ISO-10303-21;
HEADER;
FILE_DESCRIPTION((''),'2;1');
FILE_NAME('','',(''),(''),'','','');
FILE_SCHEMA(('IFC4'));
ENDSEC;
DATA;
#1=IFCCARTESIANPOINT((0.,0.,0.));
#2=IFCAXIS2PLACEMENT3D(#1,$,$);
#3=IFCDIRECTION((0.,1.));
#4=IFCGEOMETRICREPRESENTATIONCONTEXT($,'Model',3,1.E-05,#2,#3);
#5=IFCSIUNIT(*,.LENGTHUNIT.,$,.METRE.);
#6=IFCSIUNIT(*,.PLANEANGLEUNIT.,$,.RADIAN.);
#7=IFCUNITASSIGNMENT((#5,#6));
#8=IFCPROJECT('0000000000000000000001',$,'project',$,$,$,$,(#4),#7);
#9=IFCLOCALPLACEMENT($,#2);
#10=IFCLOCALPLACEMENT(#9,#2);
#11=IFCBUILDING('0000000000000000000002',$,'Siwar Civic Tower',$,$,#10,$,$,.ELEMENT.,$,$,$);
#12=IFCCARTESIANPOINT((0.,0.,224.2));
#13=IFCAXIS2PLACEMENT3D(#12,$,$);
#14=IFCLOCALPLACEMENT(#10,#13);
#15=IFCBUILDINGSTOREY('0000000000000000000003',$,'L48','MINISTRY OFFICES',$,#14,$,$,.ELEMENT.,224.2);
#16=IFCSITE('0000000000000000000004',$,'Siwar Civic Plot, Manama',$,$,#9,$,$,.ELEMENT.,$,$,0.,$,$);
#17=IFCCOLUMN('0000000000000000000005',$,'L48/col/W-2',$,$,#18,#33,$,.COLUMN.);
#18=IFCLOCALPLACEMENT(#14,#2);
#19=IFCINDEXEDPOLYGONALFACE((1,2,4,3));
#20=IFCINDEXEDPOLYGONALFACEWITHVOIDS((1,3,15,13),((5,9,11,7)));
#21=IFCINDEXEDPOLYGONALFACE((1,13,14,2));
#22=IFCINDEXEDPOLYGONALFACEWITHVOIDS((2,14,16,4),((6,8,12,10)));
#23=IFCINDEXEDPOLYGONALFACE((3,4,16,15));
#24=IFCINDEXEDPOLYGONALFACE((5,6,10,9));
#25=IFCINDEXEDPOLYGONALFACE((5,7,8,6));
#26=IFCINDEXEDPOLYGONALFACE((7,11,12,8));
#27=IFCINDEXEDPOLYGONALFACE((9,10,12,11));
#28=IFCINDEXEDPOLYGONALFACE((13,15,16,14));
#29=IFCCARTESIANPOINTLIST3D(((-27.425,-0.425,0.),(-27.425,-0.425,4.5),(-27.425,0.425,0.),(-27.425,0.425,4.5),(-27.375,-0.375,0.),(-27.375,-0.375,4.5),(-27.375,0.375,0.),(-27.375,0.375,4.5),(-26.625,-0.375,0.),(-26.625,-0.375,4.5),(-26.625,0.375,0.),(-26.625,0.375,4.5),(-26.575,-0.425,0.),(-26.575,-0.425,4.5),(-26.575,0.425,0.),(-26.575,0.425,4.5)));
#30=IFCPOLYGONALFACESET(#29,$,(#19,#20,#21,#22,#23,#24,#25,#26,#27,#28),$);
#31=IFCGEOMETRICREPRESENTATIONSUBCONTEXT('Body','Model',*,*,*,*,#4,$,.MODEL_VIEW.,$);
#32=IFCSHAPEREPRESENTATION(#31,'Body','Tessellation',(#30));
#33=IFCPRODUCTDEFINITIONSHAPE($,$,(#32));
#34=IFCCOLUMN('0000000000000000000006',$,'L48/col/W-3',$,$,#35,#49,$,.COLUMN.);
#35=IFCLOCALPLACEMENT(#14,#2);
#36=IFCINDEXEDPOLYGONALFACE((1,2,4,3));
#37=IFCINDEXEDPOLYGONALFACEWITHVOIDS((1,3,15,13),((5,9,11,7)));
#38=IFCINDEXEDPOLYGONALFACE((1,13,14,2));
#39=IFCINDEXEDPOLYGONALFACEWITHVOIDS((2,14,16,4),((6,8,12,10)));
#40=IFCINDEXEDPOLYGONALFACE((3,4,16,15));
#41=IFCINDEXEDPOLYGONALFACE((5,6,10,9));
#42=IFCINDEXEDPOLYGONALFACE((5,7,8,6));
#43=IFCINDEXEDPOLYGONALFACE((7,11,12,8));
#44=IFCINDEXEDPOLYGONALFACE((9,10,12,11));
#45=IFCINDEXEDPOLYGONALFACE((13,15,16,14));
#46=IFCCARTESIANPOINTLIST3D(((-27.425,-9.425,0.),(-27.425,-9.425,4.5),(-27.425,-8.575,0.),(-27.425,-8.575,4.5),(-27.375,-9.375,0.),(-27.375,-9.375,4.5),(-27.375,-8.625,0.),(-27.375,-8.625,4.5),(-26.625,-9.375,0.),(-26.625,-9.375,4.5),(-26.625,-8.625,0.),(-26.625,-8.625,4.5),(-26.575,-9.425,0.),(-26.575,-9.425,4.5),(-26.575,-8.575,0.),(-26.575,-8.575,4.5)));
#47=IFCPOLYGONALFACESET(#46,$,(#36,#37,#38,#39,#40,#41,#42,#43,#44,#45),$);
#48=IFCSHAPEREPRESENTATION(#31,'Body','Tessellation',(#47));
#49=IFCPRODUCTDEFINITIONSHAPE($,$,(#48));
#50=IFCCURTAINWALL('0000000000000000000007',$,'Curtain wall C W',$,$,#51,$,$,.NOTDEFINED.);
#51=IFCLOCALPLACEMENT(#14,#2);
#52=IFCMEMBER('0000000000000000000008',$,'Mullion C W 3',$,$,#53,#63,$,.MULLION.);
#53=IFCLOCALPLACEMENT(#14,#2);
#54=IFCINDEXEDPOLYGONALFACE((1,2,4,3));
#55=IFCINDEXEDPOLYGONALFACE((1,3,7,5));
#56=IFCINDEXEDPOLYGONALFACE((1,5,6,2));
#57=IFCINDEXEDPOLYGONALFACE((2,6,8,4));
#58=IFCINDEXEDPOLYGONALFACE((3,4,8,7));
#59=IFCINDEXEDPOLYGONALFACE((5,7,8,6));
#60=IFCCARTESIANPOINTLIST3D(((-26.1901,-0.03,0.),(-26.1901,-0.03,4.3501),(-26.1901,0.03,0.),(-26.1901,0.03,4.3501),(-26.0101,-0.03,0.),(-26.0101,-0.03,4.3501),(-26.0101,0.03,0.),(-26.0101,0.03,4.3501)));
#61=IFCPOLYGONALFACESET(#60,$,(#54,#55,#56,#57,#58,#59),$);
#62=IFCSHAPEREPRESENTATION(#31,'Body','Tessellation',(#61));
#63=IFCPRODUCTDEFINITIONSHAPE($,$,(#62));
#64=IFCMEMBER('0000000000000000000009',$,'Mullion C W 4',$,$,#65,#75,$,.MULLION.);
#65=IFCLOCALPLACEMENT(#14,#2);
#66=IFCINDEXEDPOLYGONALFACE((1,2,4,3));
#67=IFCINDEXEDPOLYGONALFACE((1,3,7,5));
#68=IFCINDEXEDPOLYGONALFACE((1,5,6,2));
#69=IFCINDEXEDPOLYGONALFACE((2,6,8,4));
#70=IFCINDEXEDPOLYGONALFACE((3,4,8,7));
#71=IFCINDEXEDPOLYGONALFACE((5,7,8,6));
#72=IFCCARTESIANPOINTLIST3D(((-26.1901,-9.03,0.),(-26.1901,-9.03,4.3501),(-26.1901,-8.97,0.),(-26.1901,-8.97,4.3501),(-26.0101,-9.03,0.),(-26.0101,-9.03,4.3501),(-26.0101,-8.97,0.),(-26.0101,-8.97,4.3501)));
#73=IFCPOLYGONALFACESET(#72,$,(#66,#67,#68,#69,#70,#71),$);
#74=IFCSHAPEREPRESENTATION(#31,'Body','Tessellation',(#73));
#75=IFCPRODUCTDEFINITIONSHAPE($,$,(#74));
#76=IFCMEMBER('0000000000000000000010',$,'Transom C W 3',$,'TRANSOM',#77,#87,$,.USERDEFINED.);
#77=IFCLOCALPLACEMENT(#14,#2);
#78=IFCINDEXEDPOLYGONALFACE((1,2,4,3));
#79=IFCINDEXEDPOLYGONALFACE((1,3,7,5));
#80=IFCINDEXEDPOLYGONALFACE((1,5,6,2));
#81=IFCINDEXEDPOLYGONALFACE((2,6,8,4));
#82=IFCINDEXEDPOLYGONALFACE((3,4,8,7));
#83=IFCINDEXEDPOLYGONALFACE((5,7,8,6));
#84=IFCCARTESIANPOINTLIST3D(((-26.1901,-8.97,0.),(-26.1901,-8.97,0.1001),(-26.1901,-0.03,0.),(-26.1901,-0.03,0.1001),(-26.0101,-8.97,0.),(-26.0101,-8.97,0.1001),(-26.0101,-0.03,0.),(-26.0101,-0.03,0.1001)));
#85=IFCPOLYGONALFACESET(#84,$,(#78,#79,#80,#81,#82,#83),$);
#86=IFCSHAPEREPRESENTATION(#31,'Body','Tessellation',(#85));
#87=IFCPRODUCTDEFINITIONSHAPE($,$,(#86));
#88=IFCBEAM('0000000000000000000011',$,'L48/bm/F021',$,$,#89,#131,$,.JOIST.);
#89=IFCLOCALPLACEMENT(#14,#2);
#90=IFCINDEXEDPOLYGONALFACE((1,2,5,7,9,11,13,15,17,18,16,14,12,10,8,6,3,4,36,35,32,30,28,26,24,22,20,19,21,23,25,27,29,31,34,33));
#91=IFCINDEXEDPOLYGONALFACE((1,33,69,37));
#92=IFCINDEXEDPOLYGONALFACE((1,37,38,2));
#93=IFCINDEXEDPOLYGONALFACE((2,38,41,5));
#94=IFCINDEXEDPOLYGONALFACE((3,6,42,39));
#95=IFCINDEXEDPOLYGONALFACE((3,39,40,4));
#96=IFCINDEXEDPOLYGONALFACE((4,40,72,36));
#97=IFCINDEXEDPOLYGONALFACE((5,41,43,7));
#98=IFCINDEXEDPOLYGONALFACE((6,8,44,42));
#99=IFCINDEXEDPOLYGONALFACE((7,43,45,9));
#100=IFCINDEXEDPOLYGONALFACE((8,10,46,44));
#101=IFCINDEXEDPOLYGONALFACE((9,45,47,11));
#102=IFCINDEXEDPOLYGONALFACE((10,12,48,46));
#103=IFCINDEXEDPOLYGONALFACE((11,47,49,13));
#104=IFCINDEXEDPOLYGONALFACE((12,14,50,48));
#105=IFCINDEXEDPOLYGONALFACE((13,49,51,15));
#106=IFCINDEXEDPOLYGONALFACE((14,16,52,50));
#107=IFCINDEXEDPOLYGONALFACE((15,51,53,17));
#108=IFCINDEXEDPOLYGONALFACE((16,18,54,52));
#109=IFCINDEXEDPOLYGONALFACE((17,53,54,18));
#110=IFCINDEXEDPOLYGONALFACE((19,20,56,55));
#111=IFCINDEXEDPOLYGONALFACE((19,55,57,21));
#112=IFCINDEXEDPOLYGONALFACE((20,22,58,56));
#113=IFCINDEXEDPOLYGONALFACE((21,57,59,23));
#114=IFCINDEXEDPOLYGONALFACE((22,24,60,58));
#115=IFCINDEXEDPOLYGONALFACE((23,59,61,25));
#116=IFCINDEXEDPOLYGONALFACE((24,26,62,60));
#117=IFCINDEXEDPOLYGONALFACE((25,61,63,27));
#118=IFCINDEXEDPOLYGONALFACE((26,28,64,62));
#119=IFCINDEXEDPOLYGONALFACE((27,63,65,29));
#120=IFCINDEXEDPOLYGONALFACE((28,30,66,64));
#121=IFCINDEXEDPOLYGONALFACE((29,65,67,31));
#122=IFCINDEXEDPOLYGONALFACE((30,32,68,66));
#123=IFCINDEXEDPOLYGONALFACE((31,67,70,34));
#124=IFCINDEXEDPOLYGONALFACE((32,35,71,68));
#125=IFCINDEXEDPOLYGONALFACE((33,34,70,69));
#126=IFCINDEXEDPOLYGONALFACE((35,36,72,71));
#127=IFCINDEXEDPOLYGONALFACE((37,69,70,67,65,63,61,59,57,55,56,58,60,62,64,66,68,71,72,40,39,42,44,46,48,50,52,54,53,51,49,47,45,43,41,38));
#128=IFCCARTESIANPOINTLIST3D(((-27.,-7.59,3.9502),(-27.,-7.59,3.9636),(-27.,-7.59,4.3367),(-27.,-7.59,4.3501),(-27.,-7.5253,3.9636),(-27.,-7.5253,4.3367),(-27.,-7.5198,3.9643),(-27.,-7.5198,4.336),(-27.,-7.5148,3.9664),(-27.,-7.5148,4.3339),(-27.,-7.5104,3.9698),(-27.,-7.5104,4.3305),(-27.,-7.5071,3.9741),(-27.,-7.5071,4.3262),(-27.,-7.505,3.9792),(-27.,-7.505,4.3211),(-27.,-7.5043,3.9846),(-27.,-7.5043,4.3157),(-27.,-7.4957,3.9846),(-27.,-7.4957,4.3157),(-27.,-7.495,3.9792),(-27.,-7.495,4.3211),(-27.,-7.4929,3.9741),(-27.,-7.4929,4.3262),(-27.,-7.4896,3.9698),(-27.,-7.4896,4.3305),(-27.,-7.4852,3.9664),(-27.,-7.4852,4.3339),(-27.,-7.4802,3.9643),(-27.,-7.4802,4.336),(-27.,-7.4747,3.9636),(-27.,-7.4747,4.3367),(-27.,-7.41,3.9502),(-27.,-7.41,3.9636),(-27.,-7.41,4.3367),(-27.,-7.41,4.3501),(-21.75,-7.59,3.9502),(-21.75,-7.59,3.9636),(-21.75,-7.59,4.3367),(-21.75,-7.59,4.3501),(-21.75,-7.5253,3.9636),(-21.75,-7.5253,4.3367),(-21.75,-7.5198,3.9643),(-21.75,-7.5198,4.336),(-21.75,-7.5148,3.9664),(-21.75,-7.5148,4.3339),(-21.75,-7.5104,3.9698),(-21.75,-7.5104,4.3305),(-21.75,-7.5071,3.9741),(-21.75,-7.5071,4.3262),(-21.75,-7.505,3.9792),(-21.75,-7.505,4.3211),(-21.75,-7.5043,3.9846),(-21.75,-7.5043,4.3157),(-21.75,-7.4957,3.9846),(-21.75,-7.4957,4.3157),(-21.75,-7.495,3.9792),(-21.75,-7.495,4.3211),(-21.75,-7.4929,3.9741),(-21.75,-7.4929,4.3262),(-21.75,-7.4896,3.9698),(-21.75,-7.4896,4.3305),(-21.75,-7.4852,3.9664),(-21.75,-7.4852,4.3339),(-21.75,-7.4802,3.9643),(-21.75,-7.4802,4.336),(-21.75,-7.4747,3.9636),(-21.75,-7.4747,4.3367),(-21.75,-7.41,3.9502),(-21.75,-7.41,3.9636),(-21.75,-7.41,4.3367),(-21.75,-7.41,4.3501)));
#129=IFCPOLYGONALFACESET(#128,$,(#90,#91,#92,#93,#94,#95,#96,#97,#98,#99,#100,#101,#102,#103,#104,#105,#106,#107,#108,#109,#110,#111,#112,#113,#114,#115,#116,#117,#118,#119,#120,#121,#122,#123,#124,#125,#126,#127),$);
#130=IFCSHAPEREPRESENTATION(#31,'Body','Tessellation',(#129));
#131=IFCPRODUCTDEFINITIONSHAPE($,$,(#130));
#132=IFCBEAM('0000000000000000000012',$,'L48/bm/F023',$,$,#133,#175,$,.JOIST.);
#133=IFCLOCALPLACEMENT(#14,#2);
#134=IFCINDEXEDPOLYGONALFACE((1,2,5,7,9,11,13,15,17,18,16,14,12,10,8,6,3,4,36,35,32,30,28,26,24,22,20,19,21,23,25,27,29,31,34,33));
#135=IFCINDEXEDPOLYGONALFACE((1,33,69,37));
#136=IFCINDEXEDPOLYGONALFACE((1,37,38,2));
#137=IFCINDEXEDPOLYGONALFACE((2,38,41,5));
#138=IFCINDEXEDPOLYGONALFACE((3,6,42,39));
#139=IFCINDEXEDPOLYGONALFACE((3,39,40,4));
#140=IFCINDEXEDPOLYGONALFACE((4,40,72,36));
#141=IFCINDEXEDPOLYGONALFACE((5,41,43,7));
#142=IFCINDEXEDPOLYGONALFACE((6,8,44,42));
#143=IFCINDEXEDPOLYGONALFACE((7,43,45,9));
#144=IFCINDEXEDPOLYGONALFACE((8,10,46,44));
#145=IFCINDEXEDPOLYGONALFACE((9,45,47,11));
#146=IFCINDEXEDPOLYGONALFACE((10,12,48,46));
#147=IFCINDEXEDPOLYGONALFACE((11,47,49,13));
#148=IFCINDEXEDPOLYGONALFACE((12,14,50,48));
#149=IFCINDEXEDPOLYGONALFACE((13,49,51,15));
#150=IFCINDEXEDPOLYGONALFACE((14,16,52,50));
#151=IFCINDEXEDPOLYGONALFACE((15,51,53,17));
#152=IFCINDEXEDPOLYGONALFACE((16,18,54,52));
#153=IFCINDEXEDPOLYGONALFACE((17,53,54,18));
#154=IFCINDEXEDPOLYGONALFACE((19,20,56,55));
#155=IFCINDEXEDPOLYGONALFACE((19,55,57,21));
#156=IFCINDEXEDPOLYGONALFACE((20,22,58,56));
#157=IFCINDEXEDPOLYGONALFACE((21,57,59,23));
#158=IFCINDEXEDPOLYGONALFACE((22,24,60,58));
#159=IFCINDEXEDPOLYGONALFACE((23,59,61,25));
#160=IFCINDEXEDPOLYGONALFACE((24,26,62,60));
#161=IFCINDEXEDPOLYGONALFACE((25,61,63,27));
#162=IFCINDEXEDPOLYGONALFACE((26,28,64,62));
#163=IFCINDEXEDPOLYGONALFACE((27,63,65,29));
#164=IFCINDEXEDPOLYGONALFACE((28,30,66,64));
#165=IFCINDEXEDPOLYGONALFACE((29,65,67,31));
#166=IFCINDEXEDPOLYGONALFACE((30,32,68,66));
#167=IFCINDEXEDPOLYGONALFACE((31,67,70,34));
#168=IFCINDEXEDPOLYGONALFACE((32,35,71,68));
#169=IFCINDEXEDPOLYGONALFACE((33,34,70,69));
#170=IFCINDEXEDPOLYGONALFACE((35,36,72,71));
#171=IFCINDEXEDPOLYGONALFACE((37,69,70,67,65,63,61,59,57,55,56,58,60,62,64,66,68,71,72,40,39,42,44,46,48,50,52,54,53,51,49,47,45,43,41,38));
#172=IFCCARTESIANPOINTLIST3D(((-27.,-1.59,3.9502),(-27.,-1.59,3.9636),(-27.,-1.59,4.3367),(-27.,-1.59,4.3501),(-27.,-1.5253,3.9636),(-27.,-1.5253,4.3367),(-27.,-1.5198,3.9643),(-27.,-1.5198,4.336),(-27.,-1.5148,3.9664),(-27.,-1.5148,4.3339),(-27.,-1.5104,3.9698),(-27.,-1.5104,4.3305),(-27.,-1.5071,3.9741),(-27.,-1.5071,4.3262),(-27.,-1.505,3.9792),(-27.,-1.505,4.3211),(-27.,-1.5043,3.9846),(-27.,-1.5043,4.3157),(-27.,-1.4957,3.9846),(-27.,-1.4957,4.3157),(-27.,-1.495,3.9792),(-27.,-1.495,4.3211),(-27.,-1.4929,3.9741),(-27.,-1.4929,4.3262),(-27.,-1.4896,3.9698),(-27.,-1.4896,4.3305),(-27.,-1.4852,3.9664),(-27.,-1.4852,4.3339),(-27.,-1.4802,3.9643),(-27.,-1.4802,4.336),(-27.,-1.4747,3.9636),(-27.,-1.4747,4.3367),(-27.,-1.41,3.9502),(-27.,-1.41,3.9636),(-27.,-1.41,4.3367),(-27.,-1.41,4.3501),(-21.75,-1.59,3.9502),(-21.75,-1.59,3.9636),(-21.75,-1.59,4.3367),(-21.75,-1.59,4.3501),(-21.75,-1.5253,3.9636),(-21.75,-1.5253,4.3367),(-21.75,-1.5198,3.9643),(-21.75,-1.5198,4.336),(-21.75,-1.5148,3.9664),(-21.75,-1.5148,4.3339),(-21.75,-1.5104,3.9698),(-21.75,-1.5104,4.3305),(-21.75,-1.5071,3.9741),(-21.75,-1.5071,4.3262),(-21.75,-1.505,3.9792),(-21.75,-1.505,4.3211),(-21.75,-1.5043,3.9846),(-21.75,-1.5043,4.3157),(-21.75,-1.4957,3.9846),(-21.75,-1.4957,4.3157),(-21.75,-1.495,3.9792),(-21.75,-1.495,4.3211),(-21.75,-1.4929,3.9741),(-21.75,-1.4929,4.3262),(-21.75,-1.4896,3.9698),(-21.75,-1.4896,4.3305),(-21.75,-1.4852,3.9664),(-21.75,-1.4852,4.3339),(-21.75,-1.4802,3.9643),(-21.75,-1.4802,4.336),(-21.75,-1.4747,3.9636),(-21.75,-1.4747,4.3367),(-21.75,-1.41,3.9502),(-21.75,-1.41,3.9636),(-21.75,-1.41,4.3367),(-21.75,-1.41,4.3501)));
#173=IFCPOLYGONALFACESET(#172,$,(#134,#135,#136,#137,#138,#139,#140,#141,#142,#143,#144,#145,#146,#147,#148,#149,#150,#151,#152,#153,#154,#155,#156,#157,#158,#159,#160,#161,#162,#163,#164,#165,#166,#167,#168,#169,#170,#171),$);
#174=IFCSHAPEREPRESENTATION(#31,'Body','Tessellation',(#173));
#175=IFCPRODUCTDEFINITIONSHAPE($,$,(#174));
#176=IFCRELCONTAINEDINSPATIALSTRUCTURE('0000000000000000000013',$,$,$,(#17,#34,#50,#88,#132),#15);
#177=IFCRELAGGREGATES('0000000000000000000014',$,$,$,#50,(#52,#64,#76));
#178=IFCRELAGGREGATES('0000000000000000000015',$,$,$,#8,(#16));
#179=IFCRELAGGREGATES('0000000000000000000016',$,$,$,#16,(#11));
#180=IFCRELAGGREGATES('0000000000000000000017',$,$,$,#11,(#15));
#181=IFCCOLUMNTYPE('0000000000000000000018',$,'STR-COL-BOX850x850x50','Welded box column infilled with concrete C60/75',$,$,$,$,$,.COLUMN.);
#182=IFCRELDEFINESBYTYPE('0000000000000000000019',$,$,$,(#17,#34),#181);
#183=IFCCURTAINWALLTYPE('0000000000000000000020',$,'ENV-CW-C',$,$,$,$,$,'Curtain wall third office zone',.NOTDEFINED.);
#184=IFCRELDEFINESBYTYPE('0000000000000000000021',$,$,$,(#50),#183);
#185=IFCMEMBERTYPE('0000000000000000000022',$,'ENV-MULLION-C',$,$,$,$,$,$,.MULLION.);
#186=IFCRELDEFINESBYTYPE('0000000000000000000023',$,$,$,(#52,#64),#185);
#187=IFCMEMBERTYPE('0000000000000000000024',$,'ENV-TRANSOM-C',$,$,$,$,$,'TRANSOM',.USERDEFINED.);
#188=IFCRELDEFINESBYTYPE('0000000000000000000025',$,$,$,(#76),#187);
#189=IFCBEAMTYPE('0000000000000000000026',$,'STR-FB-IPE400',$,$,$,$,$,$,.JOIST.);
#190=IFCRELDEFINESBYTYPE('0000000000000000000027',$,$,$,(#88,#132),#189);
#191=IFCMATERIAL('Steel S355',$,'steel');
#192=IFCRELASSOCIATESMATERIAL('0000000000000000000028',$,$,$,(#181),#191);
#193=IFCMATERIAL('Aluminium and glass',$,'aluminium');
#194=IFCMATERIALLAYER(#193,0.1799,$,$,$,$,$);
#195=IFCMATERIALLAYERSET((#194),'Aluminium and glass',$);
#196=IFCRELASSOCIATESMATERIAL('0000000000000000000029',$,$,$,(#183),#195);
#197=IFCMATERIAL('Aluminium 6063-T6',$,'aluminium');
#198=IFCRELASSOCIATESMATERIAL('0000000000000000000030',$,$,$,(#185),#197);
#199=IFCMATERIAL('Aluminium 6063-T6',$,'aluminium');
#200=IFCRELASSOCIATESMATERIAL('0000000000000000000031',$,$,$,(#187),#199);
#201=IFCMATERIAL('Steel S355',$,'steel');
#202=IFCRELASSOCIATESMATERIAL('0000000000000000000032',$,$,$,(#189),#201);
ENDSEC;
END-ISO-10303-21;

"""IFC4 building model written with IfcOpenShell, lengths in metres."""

from ifc_helpers import new_model, si_unit, direction, frame, origin, origin_2d, place, context, subcontext, project, spatial, rectangle, hollow_rectangle, i_section, extrude, material, layer, layer_set, material_profile, profile_set, type_object, element, aggregate, save


model = new_model("IFC4")

# Units and contexts
model_context = context("Model", 3, precision=1e-05, world=origin(), true_north=direction((0.0, 1.0)))
body_context = subcontext(model_context, "Body", "Model", "MODEL_VIEW")
ifc_project = project(units=[si_unit("LENGTHUNIT", "METRE"), si_unit("PLANEANGLEUNIT", "RADIAN")], contexts=[model_context])

# Site, building, storey
site_placement = place(None, origin())
site = spatial("IfcSite", under=ifc_project, at=site_placement, Name="Siwar Civic Plot, Manama", CompositionType="ELEMENT", RefElevation=0.0)
building_placement = place(site_placement, origin())
building = spatial("IfcBuilding", under=site, at=building_placement, Name="Siwar Civic Tower", CompositionType="ELEMENT")
storey_placement = place(building_placement, frame((0.0, 0.0, 224.2)))
storey = spatial("IfcBuildingStorey", under=building, at=storey_placement, Name="L48", Description="MINISTRY OFFICES", CompositionType="ELEMENT", Elevation=224.2)

# Columns
ifc_material_1 = material(Name="Steel S355", Category="steel")
ifc_material_profile_1 = material_profile(ifc_material_1, hollow_rectangle(XDim=0.8501, YDim=0.8501, WallThickness=0.05, at=origin_2d()), Name="BOX850x850x50")
ifc_profile_set_1 = profile_set([ifc_material_profile_1], Name="Steel S355")
column_type = type_object("IfcColumnType", Name="STR-COL-BOX850x850x50", Description="Welded box column infilled with concrete C60/75", PredefinedType="COLUMN", material=ifc_profile_set_1)
for number, where, z_axis, x_axis, name in (
    (1, (-27.0, 0.0, 0.0), (0.0, 0.0, 1.0), (1.0, 0.0, 0.0), "L48/col/W-2"),
    (2, (-27.0, -9.0, 0.0), (0.0, 0.0, 1.0), (1.0, 0.0, 0.0), "L48/col/W-3"),
):
    element("IfcColumn", number, at=place(storey_placement, frame(where, z_axis=z_axis, x_axis=x_axis)), inside=storey, type_object=column_type, Name=name, PredefinedType="COLUMN", context=body_context, shape_type="SweptSolid", body=[
        extrude(hollow_rectangle(XDim=0.8501, YDim=0.8501, WallThickness=0.05, at=origin_2d()), origin(), (0.0, 0.0, 1.0), 4.5),
    ])

# Curtain wall, members
ifc_material_2 = material(Name="Aluminium and glass", Category="aluminium")
ifc_layer_1 = layer(ifc_material_2, 0.1799)
ifc_layer_set_1 = layer_set([ifc_layer_1], Name="Aluminium and glass")
curtain_wall_type = type_object("IfcCurtainWallType", Name="ENV-CW-C", ElementType="Curtain wall third office zone", PredefinedType="NOTDEFINED", material=ifc_layer_set_1)
curtain_wall_placement = place(storey_placement, origin())
curtain_wall = element("IfcCurtainWall", 3, at=curtain_wall_placement, inside=storey, type_object=curtain_wall_type, Name="Curtain wall C W", PredefinedType="NOTDEFINED")
ifc_material_3 = material(Name="Aluminium 6063-T6", Category="aluminium")
ifc_material_profile_2 = material_profile(ifc_material_3, rectangle(XDim=0.1799, YDim=0.0601, at=origin_2d()), Name="AL 180x60")
ifc_profile_set_2 = profile_set([ifc_material_profile_2], Name="Aluminium 6063-T6")
member_type_1 = type_object("IfcMemberType", Name="ENV-MULLION-C", PredefinedType="MULLION", material=ifc_profile_set_2)
member_1_placement = place(storey_placement, frame((-26.1001, 0.0, 0.0), z_axis=(0.0, 0.0, 1.0), x_axis=(1.0, 0.0, 0.0)))
member_1 = element("IfcMember", 4, at=member_1_placement, type_object=member_type_1, Name="Mullion C W 3", PredefinedType="MULLION", context=body_context, shape_type="SweptSolid", body=[
    extrude(rectangle(XDim=0.1799, YDim=0.0601, at=origin_2d()), origin(), (0.0, 0.0, 1.0), 4.3501),
])
member_2_placement = place(storey_placement, frame((-26.1001, -9.0, 0.0), z_axis=(0.0, 0.0, 1.0), x_axis=(1.0, 0.0, 0.0)))
member_2 = element("IfcMember", 5, at=member_2_placement, type_object=member_type_1, Name="Mullion C W 4", PredefinedType="MULLION", context=body_context, shape_type="SweptSolid", body=[
    extrude(rectangle(XDim=0.1799, YDim=0.0601, at=origin_2d()), origin(), (0.0, 0.0, 1.0), 4.3501),
])
ifc_material_4 = material(Name="Aluminium 6063-T6", Category="aluminium")
ifc_material_profile_3 = material_profile(ifc_material_4, rectangle(XDim=0.1799, YDim=0.1001, at=origin_2d()), Name="AL 180x100")
ifc_profile_set_3 = profile_set([ifc_material_profile_3], Name="Aluminium 6063-T6")
member_type_2 = type_object("IfcMemberType", Name="ENV-TRANSOM-C", ElementType="TRANSOM", PredefinedType="USERDEFINED", material=ifc_profile_set_3)
member_3_placement = place(storey_placement, frame((-26.1001, -0.03, 0.05), z_axis=(0.0, -1.0, 0.0), x_axis=(1.0, 0.0, 0.0)))
member_3 = element("IfcMember", 6, at=member_3_placement, type_object=member_type_2, Name="Transom C W 3", ObjectType="TRANSOM", PredefinedType="USERDEFINED", context=body_context, shape_type="SweptSolid", body=[
    extrude(rectangle(XDim=0.1799, YDim=0.1001, at=origin_2d()), origin(), (0.0, 0.0, 1.0), 8.9399),
])

# Beams
ifc_material_5 = material(Name="Steel S355", Category="steel")
ifc_material_profile_4 = material_profile(ifc_material_5, i_section(OverallWidth=0.1799, OverallDepth=0.3999, WebThickness=0.0085, FlangeThickness=0.0134, FilletRadius=0.021, at=origin_2d()), Name="IPE400")
ifc_profile_set_4 = profile_set([ifc_material_profile_4], Name="Steel S355")
beam_type_1 = type_object("IfcBeamType", Name="STR-FB-IPE400", PredefinedType="JOIST", material=ifc_profile_set_4)
for number, where, z_axis, x_axis, name in (
    (7, (-27.0, -7.5, 4.1501), (1.0, 0.0, 0.0), (0.0, 1.0, 0.0), "L48/bm/F021"),
    (8, (-27.0, -1.5, 4.1501), (1.0, 0.0, 0.0), (0.0, 1.0, 0.0), "L48/bm/F023"),
):
    element("IfcBeam", number, at=place(storey_placement, frame(where, z_axis=z_axis, x_axis=x_axis)), inside=storey, type_object=beam_type_1, Name=name, PredefinedType="JOIST", context=body_context, shape_type="SweptSolid", body=[
        extrude(i_section(OverallWidth=0.1799, OverallDepth=0.3999, WebThickness=0.0085, FlangeThickness=0.0134, FilletRadius=0.021, at=origin_2d()), origin(), (0.0, 0.0, 1.0), 5.25),
    ])

aggregate(curtain_wall, [member_1, member_2, member_3])

save(model, "model.ifc")
